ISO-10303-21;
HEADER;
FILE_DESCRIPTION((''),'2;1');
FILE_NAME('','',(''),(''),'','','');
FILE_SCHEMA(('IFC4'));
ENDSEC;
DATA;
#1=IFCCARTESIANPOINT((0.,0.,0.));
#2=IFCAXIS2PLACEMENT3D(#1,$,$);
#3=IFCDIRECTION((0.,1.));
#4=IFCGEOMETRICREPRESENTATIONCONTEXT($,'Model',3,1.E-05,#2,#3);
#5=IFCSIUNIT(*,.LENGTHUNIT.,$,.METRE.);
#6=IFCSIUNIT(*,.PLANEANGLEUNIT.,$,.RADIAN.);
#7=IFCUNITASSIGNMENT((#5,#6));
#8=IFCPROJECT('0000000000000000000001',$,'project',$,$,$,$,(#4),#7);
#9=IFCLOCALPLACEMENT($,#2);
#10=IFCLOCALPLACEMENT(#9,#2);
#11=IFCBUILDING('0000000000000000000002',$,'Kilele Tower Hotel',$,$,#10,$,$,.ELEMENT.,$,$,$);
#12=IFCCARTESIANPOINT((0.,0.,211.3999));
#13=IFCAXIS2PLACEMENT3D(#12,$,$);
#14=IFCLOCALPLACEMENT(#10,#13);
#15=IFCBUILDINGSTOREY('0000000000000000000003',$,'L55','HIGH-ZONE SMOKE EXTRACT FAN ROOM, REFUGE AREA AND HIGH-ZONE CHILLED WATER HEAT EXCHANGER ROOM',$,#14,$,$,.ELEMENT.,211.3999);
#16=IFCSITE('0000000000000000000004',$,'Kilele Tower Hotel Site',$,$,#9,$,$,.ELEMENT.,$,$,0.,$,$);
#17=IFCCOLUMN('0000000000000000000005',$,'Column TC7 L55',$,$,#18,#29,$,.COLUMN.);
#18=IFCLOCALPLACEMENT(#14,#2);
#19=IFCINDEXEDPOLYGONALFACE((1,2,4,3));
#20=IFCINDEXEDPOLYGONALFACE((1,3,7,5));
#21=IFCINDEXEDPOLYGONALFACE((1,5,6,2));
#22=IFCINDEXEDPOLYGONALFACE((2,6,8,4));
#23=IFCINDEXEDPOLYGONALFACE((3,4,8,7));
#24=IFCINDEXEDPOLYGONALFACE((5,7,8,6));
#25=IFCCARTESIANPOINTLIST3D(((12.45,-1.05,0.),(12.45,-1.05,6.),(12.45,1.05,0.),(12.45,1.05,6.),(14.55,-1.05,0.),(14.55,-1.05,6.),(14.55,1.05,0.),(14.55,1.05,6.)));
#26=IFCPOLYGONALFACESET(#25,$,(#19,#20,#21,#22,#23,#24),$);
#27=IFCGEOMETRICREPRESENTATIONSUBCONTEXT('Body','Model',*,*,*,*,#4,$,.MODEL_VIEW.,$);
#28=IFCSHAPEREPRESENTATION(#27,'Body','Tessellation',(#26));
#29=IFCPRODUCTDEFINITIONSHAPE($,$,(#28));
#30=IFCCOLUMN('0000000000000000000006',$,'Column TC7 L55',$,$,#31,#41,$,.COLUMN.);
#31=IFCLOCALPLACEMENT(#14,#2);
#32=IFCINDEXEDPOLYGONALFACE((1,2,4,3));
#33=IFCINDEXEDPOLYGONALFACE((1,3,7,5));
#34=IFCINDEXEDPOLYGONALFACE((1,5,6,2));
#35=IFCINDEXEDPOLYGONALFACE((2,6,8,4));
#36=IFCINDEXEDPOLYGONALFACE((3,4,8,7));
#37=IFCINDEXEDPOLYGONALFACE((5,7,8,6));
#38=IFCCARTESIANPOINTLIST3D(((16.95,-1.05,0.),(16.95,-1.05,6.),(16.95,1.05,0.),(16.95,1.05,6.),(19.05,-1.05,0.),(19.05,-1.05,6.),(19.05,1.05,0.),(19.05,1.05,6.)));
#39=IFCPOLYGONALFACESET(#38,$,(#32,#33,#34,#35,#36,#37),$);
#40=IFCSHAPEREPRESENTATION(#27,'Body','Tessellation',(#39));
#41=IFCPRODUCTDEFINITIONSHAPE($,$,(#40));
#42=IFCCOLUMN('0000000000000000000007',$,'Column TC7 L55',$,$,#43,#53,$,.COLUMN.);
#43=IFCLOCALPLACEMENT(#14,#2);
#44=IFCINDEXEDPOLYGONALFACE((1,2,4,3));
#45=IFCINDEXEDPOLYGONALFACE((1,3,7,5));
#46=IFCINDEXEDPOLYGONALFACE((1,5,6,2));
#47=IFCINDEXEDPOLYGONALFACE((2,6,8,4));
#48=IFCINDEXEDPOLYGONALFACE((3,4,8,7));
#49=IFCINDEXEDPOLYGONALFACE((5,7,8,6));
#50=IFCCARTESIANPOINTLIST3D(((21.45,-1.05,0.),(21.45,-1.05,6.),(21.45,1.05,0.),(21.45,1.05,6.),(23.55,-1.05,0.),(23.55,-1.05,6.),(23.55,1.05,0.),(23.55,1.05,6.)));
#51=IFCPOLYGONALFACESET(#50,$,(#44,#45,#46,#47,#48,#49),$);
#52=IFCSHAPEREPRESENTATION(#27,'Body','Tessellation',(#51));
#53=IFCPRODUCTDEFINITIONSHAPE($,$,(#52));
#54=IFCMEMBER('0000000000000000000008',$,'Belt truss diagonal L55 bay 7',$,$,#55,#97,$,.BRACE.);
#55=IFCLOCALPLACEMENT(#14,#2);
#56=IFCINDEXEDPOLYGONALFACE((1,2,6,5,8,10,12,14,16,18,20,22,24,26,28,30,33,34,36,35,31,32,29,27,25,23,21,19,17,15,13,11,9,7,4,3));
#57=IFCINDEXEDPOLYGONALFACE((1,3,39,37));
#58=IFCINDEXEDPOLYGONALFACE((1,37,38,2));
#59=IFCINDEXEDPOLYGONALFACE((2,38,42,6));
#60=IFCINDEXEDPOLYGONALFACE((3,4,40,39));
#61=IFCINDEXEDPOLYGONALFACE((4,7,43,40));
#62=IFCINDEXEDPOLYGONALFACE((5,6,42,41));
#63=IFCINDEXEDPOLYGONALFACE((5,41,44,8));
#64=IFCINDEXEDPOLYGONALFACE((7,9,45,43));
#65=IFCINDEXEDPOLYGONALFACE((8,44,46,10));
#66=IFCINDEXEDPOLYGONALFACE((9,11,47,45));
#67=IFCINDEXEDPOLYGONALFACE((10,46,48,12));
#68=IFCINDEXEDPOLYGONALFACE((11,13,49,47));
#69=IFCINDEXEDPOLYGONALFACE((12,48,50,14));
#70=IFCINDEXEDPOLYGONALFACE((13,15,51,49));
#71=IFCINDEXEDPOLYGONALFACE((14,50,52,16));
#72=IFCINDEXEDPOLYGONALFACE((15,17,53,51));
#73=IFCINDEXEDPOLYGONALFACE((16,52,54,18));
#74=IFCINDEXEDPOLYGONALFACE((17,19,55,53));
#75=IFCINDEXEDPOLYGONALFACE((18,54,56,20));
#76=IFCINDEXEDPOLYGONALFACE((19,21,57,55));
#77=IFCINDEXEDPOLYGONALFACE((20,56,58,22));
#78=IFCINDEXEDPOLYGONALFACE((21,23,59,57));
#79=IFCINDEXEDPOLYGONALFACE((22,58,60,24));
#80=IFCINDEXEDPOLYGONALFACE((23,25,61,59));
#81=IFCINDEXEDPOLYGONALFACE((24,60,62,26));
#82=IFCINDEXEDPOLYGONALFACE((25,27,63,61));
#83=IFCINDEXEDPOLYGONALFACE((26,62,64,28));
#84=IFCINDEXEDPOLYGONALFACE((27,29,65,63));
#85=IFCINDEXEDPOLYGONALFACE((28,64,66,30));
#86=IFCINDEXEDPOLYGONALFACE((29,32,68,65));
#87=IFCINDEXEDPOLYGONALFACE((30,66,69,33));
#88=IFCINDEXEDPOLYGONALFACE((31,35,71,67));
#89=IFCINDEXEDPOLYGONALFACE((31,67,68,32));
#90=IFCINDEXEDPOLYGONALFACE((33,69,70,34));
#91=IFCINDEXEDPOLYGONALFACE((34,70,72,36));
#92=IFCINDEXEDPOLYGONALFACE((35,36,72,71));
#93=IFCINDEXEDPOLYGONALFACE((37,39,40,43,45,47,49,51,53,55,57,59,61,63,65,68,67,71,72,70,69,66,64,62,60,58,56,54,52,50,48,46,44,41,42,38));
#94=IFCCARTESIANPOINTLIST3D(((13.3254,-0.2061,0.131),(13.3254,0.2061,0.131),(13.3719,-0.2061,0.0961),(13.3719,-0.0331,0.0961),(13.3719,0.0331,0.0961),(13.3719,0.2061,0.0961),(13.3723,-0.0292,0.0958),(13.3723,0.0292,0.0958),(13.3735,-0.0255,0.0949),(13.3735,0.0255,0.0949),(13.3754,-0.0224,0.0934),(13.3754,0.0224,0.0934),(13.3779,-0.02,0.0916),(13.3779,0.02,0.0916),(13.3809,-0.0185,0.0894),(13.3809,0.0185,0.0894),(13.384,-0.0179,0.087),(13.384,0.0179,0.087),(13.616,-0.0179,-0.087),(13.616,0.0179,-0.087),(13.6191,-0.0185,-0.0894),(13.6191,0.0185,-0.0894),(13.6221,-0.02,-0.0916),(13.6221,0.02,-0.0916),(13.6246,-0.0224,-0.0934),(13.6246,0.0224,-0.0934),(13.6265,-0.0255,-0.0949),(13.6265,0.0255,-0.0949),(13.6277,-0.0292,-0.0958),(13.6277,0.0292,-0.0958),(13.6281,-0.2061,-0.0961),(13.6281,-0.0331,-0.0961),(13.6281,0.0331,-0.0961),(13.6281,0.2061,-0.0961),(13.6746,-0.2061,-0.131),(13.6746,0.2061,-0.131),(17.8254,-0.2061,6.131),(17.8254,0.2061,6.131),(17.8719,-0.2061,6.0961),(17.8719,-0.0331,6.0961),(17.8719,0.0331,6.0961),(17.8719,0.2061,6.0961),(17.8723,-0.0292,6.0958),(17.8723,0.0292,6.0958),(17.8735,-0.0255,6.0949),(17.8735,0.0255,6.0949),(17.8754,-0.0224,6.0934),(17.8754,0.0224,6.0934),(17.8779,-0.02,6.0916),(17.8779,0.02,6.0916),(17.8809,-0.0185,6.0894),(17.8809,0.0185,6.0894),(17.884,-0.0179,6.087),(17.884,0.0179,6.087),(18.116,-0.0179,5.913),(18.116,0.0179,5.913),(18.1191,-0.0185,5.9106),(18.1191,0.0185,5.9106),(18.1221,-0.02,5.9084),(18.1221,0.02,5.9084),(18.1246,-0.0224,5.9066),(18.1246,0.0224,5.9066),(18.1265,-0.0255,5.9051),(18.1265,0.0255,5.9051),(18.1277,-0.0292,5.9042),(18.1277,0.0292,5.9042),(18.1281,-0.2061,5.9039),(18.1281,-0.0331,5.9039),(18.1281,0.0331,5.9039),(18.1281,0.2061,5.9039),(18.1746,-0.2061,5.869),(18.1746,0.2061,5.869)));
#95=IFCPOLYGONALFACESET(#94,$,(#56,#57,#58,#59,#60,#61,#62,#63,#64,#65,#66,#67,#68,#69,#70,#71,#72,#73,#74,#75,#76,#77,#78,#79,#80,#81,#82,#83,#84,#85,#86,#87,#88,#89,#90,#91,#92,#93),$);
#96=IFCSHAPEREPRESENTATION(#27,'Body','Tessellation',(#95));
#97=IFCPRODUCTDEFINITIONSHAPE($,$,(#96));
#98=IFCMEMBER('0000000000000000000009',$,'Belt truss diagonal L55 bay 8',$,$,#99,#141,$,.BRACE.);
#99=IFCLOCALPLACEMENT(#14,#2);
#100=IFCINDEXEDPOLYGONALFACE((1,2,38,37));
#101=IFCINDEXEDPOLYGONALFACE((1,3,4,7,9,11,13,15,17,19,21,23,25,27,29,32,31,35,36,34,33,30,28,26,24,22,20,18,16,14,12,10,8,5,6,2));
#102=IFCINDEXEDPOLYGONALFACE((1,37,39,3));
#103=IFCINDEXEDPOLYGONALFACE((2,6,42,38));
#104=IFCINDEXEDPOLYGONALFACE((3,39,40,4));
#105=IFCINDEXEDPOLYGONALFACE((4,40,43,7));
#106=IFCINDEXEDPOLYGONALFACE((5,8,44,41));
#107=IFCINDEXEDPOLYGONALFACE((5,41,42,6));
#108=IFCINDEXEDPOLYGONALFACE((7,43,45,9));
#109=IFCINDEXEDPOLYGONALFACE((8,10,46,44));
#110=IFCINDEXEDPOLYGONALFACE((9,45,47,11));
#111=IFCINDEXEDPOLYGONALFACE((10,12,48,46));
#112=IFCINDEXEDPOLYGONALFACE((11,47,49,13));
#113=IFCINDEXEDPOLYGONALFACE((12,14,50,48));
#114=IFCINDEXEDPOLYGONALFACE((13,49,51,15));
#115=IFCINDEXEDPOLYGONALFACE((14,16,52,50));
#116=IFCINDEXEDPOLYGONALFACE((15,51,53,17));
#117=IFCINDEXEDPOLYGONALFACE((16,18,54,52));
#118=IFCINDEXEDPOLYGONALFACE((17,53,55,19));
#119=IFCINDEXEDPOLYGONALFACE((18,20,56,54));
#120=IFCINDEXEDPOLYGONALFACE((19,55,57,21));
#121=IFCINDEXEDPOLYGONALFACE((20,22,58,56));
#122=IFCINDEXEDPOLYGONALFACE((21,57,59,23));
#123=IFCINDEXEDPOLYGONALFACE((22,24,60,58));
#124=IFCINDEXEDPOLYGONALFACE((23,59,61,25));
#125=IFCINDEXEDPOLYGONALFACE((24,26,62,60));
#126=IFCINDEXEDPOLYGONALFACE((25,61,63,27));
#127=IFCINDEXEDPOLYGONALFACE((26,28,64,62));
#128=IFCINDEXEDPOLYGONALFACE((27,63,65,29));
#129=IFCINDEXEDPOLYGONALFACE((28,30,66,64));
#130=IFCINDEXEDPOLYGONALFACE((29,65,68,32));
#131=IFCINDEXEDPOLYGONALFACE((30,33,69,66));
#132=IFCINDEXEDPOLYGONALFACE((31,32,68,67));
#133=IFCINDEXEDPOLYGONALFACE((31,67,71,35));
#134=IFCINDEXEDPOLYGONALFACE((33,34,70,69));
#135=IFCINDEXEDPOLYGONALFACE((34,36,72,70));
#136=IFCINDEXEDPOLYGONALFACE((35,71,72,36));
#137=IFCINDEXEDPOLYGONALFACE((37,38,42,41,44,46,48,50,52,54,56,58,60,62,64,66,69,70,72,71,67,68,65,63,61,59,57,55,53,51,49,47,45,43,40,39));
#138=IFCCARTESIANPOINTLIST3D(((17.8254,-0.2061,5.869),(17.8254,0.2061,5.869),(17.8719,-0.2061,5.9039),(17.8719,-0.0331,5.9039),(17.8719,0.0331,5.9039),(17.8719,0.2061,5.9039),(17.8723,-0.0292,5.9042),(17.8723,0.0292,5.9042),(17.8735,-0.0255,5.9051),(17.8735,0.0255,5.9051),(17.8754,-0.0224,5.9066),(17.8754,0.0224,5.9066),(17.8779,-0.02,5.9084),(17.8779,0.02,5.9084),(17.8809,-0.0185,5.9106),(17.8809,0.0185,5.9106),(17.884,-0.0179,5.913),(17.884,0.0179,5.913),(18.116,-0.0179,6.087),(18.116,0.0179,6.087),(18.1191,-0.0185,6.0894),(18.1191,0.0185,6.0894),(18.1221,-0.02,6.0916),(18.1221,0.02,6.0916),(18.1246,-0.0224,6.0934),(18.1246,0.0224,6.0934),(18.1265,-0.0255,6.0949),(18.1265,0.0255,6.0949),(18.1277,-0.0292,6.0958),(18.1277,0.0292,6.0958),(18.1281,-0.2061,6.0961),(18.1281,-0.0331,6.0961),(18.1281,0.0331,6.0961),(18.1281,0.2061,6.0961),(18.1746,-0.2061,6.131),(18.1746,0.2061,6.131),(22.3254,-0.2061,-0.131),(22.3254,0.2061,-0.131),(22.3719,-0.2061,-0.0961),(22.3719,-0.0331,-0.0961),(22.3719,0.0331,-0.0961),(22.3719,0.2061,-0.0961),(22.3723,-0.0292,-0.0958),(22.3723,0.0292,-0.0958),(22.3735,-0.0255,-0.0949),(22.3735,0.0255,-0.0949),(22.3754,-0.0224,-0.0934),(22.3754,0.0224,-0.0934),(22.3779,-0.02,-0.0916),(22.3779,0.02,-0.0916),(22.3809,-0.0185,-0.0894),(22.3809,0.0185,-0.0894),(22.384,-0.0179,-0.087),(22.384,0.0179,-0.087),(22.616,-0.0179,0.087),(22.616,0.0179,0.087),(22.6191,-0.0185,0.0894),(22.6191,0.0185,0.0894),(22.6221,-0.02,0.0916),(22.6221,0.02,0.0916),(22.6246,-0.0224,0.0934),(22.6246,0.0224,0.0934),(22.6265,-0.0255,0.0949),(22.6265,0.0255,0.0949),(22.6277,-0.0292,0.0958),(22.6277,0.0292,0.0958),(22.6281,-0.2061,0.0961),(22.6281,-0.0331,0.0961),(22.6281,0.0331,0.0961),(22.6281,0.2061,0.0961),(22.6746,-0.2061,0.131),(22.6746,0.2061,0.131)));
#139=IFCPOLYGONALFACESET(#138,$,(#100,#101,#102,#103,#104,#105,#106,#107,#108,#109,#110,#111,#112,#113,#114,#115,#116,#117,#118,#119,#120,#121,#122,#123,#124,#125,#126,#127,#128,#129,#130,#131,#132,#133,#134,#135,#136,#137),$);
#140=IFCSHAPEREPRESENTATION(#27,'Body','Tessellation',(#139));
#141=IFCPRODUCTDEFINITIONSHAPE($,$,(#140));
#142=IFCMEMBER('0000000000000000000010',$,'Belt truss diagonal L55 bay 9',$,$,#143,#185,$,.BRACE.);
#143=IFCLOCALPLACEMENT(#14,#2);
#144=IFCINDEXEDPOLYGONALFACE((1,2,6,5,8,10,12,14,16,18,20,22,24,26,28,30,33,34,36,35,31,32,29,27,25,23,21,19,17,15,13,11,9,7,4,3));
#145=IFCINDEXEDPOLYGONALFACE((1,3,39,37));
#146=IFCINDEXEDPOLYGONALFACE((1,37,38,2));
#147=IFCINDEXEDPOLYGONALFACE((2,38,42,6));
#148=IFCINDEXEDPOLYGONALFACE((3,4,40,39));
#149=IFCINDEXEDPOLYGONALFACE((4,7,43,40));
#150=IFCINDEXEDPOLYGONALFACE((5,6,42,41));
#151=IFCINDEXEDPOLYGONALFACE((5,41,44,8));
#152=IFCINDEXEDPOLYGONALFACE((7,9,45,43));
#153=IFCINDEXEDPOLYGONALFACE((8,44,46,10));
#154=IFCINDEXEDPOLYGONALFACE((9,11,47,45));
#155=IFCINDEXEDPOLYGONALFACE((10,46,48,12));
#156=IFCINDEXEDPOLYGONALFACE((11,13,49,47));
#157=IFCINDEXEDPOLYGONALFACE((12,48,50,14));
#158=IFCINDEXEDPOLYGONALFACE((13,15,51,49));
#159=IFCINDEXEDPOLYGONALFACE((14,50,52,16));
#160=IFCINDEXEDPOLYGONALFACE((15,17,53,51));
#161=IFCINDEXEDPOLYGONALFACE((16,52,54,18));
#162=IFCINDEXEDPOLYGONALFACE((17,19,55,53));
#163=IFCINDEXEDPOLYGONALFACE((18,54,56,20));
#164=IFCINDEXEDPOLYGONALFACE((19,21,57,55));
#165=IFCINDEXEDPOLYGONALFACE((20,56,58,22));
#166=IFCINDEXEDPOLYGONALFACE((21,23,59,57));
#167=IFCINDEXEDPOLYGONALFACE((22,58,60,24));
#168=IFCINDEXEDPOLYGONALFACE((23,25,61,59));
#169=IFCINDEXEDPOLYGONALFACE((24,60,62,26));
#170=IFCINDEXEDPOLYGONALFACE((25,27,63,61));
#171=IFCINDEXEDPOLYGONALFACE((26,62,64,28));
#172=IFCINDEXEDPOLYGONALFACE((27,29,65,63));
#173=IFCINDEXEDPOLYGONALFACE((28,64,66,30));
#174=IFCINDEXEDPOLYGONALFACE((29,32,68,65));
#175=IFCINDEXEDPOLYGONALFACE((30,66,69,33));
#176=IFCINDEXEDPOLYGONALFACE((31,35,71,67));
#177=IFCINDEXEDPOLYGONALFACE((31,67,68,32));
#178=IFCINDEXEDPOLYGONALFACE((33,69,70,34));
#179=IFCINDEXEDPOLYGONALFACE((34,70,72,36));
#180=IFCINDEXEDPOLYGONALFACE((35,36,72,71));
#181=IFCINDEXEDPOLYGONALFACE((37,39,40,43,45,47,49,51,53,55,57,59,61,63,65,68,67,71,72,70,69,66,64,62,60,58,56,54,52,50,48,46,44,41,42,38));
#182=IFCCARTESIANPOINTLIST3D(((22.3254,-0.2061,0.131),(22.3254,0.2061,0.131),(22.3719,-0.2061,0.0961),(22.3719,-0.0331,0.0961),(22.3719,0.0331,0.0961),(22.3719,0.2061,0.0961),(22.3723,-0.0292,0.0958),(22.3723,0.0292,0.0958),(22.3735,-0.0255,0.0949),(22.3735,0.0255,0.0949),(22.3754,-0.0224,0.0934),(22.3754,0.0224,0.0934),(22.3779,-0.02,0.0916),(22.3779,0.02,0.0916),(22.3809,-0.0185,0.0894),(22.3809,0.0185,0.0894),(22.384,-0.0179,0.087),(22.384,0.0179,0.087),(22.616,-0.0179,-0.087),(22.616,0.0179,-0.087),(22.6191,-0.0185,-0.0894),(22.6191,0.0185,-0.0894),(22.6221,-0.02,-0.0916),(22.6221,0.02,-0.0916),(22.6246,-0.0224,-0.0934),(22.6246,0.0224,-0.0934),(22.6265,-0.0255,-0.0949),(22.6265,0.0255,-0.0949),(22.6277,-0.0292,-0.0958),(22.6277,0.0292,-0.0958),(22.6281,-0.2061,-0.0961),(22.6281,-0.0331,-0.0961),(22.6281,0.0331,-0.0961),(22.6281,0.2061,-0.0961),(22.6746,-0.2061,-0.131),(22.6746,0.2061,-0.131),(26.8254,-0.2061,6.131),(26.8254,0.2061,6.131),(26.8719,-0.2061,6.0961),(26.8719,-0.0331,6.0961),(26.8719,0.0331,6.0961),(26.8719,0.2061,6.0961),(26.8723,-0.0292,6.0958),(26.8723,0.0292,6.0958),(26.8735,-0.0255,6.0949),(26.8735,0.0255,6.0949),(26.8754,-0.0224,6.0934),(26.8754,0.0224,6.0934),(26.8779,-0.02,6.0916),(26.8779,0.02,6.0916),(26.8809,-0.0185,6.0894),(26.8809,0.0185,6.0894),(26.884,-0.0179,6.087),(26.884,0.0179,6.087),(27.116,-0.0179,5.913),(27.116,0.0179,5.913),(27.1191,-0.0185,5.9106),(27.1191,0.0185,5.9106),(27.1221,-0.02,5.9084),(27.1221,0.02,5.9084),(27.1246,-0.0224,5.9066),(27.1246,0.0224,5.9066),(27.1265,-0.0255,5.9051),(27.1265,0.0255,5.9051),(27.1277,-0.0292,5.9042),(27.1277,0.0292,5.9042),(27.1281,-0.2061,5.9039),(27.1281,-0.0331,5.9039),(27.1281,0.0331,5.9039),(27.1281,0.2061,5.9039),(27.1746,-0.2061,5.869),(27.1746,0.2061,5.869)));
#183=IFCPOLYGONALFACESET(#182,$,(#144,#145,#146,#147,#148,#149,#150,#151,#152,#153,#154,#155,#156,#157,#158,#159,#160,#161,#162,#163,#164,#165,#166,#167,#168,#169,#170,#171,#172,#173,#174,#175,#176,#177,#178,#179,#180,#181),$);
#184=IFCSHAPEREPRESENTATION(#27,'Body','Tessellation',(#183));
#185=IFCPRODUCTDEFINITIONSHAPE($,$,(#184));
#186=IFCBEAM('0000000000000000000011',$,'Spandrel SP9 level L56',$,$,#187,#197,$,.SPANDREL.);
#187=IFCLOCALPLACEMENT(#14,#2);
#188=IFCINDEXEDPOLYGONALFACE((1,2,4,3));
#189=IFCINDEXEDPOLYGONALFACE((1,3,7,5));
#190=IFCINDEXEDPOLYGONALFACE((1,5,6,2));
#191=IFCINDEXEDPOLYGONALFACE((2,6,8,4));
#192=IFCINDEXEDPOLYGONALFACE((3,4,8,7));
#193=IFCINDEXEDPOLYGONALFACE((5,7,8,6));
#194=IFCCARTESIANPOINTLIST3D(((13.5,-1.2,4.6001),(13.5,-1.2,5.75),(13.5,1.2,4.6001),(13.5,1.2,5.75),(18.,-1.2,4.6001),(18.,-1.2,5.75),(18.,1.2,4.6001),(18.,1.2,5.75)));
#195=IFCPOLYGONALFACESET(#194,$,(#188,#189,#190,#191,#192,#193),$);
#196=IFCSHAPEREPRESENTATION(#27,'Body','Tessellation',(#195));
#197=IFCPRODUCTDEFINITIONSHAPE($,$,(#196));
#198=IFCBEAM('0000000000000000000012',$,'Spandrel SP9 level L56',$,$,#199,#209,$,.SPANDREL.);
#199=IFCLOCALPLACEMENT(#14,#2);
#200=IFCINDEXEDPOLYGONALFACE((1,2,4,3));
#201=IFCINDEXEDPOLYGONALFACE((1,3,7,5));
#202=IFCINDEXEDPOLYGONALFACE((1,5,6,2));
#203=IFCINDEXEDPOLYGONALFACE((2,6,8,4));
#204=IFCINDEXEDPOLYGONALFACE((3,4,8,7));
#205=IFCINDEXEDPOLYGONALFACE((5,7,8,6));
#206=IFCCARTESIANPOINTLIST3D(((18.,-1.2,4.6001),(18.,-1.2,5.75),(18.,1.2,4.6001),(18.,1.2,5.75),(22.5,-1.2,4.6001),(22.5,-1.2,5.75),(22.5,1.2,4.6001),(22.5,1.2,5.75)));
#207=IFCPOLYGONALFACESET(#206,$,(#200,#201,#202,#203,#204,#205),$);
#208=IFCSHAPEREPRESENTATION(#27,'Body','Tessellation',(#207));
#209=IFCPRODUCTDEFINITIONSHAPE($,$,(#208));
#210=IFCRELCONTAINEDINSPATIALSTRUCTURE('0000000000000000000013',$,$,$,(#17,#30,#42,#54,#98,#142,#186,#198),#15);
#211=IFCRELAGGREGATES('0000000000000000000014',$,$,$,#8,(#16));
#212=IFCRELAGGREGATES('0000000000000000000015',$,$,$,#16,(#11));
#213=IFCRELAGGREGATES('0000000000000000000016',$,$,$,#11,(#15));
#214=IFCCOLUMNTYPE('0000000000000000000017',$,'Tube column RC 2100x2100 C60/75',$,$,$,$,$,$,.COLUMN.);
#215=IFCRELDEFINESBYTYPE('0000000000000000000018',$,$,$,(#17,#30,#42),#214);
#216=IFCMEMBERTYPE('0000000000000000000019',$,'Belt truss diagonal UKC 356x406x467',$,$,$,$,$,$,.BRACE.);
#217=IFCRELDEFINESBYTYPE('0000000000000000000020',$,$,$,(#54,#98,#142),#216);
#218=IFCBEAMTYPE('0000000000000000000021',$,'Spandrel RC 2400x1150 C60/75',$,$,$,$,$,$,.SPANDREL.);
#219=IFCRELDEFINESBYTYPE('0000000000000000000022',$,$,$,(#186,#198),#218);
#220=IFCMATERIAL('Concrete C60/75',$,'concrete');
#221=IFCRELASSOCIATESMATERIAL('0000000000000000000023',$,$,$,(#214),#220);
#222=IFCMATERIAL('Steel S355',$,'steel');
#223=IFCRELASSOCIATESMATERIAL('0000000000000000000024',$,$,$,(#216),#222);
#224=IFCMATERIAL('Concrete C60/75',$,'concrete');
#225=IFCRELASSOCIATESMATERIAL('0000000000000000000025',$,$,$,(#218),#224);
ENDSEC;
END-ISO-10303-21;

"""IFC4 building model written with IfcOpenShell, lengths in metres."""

from ifc_helpers import new_model, si_unit, direction, frame, origin, origin_2d, place, context, subcontext, project, spatial, rectangle, i_section, extrude, material, material_profile, profile_set, type_object, element, save


model = new_model("IFC4")

# Units and contexts
model_context = context("Model", 3, precision=1e-05, world=origin(), true_north=direction((0.0, 1.0)))
body_context = subcontext(model_context, "Body", "Model", "MODEL_VIEW")
ifc_project = project(units=[si_unit("LENGTHUNIT", "METRE"), si_unit("PLANEANGLEUNIT", "RADIAN")], contexts=[model_context])

# Site, building, storey
site_placement = place(None, origin())
site = spatial("IfcSite", under=ifc_project, at=site_placement, Name="Kilele Tower Hotel Site", CompositionType="ELEMENT", RefElevation=0.0)
building_placement = place(site_placement, origin())
building = spatial("IfcBuilding", under=site, at=building_placement, Name="Kilele Tower Hotel", CompositionType="ELEMENT")
storey_placement = place(building_placement, frame((0.0, 0.0, 211.3999)))
storey = spatial("IfcBuildingStorey", under=building, at=storey_placement, Name="L55", Description="HIGH-ZONE SMOKE EXTRACT FAN ROOM, REFUGE AREA AND HIGH-ZONE CHILLED WATER HEAT EXCHANGER ROOM", CompositionType="ELEMENT", Elevation=211.3999)

# Columns
ifc_material_1 = material(Name="Concrete C60/75", Category="concrete")
ifc_material_profile_1 = material_profile(ifc_material_1, rectangle(XDim=2.1001, YDim=2.1001, at=origin_2d()))
ifc_profile_set_1 = profile_set([ifc_material_profile_1], Name="Concrete C60/75")
column_type = type_object("IfcColumnType", Name="Tube column RC 2100x2100 C60/75", PredefinedType="COLUMN", material=ifc_profile_set_1)
for number, where, z_axis, x_axis, name in (
    (1, (13.5, 0.0, 0.0), (0.0, 0.0, 1.0), (1.0, 0.0, 0.0), "Column TC7 L55"),
    (2, (18.0, 0.0, 0.0), (0.0, 0.0, 1.0), (1.0, 0.0, 0.0), "Column TC7 L55"),
    (3, (22.5, 0.0, 0.0), (0.0, 0.0, 1.0), (1.0, 0.0, 0.0), "Column TC7 L55"),
):
    element("IfcColumn", number, at=place(storey_placement, frame(where, z_axis=z_axis, x_axis=x_axis)), inside=storey, type_object=column_type, Name=name, PredefinedType="COLUMN", context=body_context, shape_type="SweptSolid", body=[
        extrude(rectangle(XDim=2.1001, YDim=2.1001, at=origin_2d()), origin(), (0.0, 0.0, 1.0), 6.0),
    ])

# Members
ifc_material_2 = material(Name="Steel S355", Category="steel")
ifc_material_profile_2 = material_profile(ifc_material_2, i_section(OverallWidth=0.4121, OverallDepth=0.4365, WebThickness=0.0359, FlangeThickness=0.0581, FilletRadius=0.0151, at=origin_2d()))
ifc_profile_set_2 = profile_set([ifc_material_profile_2], Name="Steel S355")
member_type = type_object("IfcMemberType", Name="Belt truss diagonal UKC 356x406x467", PredefinedType="BRACE", material=ifc_profile_set_2)
for number, where, z_axis, x_axis, name in (
    (4, (13.5, 0.0, 0.0), (0.6, 0.0, 0.8), (0.0, 1.0, 0.0), "Belt truss diagonal L55 bay 7"),
    (5, (18.0, 0.0, 6.0), (0.6, 0.0, -0.8), (0.0, 1.0, 0.0), "Belt truss diagonal L55 bay 8"),
    (6, (22.5, 0.0, 0.0), (0.6, 0.0, 0.8), (0.0, 1.0, 0.0), "Belt truss diagonal L55 bay 9"),
):
    element("IfcMember", number, at=place(storey_placement, frame(where, z_axis=z_axis, x_axis=x_axis)), inside=storey, type_object=member_type, Name=name, PredefinedType="BRACE", context=body_context, shape_type="SweptSolid", body=[
        extrude(i_section(OverallWidth=0.4121, OverallDepth=0.4365, WebThickness=0.0359, FlangeThickness=0.0581, FilletRadius=0.0151, at=origin_2d()), origin(), (0.0, 0.0, 1.0), 7.5),
    ])

# Beams
ifc_material_3 = material(Name="Concrete C60/75", Category="concrete")
ifc_material_profile_3 = material_profile(ifc_material_3, rectangle(XDim=2.3999, YDim=1.1499, at=origin_2d()))
ifc_profile_set_3 = profile_set([ifc_material_profile_3], Name="Concrete C60/75")
beam_type_1 = type_object("IfcBeamType", Name="Spandrel RC 2400x1150 C60/75", PredefinedType="SPANDREL", material=ifc_profile_set_3)
for number, where, z_axis, x_axis, name in (
    (7, (13.5, 0.0, 5.175), (1.0, 0.0, 0.0), (0.0, 1.0, 0.0), "Spandrel SP9 level L56"),
    (8, (18.0, 0.0, 5.175), (1.0, 0.0, 0.0), (0.0, 1.0, 0.0), "Spandrel SP9 level L56"),
):
    element("IfcBeam", number, at=place(storey_placement, frame(where, z_axis=z_axis, x_axis=x_axis)), inside=storey, type_object=beam_type_1, Name=name, PredefinedType="SPANDREL", context=body_context, shape_type="SweptSolid", body=[
        extrude(rectangle(XDim=2.3999, YDim=1.1499, at=origin_2d()), origin(), (0.0, 0.0, 1.0), 4.5),
    ])

save(model, "model.ifc")
